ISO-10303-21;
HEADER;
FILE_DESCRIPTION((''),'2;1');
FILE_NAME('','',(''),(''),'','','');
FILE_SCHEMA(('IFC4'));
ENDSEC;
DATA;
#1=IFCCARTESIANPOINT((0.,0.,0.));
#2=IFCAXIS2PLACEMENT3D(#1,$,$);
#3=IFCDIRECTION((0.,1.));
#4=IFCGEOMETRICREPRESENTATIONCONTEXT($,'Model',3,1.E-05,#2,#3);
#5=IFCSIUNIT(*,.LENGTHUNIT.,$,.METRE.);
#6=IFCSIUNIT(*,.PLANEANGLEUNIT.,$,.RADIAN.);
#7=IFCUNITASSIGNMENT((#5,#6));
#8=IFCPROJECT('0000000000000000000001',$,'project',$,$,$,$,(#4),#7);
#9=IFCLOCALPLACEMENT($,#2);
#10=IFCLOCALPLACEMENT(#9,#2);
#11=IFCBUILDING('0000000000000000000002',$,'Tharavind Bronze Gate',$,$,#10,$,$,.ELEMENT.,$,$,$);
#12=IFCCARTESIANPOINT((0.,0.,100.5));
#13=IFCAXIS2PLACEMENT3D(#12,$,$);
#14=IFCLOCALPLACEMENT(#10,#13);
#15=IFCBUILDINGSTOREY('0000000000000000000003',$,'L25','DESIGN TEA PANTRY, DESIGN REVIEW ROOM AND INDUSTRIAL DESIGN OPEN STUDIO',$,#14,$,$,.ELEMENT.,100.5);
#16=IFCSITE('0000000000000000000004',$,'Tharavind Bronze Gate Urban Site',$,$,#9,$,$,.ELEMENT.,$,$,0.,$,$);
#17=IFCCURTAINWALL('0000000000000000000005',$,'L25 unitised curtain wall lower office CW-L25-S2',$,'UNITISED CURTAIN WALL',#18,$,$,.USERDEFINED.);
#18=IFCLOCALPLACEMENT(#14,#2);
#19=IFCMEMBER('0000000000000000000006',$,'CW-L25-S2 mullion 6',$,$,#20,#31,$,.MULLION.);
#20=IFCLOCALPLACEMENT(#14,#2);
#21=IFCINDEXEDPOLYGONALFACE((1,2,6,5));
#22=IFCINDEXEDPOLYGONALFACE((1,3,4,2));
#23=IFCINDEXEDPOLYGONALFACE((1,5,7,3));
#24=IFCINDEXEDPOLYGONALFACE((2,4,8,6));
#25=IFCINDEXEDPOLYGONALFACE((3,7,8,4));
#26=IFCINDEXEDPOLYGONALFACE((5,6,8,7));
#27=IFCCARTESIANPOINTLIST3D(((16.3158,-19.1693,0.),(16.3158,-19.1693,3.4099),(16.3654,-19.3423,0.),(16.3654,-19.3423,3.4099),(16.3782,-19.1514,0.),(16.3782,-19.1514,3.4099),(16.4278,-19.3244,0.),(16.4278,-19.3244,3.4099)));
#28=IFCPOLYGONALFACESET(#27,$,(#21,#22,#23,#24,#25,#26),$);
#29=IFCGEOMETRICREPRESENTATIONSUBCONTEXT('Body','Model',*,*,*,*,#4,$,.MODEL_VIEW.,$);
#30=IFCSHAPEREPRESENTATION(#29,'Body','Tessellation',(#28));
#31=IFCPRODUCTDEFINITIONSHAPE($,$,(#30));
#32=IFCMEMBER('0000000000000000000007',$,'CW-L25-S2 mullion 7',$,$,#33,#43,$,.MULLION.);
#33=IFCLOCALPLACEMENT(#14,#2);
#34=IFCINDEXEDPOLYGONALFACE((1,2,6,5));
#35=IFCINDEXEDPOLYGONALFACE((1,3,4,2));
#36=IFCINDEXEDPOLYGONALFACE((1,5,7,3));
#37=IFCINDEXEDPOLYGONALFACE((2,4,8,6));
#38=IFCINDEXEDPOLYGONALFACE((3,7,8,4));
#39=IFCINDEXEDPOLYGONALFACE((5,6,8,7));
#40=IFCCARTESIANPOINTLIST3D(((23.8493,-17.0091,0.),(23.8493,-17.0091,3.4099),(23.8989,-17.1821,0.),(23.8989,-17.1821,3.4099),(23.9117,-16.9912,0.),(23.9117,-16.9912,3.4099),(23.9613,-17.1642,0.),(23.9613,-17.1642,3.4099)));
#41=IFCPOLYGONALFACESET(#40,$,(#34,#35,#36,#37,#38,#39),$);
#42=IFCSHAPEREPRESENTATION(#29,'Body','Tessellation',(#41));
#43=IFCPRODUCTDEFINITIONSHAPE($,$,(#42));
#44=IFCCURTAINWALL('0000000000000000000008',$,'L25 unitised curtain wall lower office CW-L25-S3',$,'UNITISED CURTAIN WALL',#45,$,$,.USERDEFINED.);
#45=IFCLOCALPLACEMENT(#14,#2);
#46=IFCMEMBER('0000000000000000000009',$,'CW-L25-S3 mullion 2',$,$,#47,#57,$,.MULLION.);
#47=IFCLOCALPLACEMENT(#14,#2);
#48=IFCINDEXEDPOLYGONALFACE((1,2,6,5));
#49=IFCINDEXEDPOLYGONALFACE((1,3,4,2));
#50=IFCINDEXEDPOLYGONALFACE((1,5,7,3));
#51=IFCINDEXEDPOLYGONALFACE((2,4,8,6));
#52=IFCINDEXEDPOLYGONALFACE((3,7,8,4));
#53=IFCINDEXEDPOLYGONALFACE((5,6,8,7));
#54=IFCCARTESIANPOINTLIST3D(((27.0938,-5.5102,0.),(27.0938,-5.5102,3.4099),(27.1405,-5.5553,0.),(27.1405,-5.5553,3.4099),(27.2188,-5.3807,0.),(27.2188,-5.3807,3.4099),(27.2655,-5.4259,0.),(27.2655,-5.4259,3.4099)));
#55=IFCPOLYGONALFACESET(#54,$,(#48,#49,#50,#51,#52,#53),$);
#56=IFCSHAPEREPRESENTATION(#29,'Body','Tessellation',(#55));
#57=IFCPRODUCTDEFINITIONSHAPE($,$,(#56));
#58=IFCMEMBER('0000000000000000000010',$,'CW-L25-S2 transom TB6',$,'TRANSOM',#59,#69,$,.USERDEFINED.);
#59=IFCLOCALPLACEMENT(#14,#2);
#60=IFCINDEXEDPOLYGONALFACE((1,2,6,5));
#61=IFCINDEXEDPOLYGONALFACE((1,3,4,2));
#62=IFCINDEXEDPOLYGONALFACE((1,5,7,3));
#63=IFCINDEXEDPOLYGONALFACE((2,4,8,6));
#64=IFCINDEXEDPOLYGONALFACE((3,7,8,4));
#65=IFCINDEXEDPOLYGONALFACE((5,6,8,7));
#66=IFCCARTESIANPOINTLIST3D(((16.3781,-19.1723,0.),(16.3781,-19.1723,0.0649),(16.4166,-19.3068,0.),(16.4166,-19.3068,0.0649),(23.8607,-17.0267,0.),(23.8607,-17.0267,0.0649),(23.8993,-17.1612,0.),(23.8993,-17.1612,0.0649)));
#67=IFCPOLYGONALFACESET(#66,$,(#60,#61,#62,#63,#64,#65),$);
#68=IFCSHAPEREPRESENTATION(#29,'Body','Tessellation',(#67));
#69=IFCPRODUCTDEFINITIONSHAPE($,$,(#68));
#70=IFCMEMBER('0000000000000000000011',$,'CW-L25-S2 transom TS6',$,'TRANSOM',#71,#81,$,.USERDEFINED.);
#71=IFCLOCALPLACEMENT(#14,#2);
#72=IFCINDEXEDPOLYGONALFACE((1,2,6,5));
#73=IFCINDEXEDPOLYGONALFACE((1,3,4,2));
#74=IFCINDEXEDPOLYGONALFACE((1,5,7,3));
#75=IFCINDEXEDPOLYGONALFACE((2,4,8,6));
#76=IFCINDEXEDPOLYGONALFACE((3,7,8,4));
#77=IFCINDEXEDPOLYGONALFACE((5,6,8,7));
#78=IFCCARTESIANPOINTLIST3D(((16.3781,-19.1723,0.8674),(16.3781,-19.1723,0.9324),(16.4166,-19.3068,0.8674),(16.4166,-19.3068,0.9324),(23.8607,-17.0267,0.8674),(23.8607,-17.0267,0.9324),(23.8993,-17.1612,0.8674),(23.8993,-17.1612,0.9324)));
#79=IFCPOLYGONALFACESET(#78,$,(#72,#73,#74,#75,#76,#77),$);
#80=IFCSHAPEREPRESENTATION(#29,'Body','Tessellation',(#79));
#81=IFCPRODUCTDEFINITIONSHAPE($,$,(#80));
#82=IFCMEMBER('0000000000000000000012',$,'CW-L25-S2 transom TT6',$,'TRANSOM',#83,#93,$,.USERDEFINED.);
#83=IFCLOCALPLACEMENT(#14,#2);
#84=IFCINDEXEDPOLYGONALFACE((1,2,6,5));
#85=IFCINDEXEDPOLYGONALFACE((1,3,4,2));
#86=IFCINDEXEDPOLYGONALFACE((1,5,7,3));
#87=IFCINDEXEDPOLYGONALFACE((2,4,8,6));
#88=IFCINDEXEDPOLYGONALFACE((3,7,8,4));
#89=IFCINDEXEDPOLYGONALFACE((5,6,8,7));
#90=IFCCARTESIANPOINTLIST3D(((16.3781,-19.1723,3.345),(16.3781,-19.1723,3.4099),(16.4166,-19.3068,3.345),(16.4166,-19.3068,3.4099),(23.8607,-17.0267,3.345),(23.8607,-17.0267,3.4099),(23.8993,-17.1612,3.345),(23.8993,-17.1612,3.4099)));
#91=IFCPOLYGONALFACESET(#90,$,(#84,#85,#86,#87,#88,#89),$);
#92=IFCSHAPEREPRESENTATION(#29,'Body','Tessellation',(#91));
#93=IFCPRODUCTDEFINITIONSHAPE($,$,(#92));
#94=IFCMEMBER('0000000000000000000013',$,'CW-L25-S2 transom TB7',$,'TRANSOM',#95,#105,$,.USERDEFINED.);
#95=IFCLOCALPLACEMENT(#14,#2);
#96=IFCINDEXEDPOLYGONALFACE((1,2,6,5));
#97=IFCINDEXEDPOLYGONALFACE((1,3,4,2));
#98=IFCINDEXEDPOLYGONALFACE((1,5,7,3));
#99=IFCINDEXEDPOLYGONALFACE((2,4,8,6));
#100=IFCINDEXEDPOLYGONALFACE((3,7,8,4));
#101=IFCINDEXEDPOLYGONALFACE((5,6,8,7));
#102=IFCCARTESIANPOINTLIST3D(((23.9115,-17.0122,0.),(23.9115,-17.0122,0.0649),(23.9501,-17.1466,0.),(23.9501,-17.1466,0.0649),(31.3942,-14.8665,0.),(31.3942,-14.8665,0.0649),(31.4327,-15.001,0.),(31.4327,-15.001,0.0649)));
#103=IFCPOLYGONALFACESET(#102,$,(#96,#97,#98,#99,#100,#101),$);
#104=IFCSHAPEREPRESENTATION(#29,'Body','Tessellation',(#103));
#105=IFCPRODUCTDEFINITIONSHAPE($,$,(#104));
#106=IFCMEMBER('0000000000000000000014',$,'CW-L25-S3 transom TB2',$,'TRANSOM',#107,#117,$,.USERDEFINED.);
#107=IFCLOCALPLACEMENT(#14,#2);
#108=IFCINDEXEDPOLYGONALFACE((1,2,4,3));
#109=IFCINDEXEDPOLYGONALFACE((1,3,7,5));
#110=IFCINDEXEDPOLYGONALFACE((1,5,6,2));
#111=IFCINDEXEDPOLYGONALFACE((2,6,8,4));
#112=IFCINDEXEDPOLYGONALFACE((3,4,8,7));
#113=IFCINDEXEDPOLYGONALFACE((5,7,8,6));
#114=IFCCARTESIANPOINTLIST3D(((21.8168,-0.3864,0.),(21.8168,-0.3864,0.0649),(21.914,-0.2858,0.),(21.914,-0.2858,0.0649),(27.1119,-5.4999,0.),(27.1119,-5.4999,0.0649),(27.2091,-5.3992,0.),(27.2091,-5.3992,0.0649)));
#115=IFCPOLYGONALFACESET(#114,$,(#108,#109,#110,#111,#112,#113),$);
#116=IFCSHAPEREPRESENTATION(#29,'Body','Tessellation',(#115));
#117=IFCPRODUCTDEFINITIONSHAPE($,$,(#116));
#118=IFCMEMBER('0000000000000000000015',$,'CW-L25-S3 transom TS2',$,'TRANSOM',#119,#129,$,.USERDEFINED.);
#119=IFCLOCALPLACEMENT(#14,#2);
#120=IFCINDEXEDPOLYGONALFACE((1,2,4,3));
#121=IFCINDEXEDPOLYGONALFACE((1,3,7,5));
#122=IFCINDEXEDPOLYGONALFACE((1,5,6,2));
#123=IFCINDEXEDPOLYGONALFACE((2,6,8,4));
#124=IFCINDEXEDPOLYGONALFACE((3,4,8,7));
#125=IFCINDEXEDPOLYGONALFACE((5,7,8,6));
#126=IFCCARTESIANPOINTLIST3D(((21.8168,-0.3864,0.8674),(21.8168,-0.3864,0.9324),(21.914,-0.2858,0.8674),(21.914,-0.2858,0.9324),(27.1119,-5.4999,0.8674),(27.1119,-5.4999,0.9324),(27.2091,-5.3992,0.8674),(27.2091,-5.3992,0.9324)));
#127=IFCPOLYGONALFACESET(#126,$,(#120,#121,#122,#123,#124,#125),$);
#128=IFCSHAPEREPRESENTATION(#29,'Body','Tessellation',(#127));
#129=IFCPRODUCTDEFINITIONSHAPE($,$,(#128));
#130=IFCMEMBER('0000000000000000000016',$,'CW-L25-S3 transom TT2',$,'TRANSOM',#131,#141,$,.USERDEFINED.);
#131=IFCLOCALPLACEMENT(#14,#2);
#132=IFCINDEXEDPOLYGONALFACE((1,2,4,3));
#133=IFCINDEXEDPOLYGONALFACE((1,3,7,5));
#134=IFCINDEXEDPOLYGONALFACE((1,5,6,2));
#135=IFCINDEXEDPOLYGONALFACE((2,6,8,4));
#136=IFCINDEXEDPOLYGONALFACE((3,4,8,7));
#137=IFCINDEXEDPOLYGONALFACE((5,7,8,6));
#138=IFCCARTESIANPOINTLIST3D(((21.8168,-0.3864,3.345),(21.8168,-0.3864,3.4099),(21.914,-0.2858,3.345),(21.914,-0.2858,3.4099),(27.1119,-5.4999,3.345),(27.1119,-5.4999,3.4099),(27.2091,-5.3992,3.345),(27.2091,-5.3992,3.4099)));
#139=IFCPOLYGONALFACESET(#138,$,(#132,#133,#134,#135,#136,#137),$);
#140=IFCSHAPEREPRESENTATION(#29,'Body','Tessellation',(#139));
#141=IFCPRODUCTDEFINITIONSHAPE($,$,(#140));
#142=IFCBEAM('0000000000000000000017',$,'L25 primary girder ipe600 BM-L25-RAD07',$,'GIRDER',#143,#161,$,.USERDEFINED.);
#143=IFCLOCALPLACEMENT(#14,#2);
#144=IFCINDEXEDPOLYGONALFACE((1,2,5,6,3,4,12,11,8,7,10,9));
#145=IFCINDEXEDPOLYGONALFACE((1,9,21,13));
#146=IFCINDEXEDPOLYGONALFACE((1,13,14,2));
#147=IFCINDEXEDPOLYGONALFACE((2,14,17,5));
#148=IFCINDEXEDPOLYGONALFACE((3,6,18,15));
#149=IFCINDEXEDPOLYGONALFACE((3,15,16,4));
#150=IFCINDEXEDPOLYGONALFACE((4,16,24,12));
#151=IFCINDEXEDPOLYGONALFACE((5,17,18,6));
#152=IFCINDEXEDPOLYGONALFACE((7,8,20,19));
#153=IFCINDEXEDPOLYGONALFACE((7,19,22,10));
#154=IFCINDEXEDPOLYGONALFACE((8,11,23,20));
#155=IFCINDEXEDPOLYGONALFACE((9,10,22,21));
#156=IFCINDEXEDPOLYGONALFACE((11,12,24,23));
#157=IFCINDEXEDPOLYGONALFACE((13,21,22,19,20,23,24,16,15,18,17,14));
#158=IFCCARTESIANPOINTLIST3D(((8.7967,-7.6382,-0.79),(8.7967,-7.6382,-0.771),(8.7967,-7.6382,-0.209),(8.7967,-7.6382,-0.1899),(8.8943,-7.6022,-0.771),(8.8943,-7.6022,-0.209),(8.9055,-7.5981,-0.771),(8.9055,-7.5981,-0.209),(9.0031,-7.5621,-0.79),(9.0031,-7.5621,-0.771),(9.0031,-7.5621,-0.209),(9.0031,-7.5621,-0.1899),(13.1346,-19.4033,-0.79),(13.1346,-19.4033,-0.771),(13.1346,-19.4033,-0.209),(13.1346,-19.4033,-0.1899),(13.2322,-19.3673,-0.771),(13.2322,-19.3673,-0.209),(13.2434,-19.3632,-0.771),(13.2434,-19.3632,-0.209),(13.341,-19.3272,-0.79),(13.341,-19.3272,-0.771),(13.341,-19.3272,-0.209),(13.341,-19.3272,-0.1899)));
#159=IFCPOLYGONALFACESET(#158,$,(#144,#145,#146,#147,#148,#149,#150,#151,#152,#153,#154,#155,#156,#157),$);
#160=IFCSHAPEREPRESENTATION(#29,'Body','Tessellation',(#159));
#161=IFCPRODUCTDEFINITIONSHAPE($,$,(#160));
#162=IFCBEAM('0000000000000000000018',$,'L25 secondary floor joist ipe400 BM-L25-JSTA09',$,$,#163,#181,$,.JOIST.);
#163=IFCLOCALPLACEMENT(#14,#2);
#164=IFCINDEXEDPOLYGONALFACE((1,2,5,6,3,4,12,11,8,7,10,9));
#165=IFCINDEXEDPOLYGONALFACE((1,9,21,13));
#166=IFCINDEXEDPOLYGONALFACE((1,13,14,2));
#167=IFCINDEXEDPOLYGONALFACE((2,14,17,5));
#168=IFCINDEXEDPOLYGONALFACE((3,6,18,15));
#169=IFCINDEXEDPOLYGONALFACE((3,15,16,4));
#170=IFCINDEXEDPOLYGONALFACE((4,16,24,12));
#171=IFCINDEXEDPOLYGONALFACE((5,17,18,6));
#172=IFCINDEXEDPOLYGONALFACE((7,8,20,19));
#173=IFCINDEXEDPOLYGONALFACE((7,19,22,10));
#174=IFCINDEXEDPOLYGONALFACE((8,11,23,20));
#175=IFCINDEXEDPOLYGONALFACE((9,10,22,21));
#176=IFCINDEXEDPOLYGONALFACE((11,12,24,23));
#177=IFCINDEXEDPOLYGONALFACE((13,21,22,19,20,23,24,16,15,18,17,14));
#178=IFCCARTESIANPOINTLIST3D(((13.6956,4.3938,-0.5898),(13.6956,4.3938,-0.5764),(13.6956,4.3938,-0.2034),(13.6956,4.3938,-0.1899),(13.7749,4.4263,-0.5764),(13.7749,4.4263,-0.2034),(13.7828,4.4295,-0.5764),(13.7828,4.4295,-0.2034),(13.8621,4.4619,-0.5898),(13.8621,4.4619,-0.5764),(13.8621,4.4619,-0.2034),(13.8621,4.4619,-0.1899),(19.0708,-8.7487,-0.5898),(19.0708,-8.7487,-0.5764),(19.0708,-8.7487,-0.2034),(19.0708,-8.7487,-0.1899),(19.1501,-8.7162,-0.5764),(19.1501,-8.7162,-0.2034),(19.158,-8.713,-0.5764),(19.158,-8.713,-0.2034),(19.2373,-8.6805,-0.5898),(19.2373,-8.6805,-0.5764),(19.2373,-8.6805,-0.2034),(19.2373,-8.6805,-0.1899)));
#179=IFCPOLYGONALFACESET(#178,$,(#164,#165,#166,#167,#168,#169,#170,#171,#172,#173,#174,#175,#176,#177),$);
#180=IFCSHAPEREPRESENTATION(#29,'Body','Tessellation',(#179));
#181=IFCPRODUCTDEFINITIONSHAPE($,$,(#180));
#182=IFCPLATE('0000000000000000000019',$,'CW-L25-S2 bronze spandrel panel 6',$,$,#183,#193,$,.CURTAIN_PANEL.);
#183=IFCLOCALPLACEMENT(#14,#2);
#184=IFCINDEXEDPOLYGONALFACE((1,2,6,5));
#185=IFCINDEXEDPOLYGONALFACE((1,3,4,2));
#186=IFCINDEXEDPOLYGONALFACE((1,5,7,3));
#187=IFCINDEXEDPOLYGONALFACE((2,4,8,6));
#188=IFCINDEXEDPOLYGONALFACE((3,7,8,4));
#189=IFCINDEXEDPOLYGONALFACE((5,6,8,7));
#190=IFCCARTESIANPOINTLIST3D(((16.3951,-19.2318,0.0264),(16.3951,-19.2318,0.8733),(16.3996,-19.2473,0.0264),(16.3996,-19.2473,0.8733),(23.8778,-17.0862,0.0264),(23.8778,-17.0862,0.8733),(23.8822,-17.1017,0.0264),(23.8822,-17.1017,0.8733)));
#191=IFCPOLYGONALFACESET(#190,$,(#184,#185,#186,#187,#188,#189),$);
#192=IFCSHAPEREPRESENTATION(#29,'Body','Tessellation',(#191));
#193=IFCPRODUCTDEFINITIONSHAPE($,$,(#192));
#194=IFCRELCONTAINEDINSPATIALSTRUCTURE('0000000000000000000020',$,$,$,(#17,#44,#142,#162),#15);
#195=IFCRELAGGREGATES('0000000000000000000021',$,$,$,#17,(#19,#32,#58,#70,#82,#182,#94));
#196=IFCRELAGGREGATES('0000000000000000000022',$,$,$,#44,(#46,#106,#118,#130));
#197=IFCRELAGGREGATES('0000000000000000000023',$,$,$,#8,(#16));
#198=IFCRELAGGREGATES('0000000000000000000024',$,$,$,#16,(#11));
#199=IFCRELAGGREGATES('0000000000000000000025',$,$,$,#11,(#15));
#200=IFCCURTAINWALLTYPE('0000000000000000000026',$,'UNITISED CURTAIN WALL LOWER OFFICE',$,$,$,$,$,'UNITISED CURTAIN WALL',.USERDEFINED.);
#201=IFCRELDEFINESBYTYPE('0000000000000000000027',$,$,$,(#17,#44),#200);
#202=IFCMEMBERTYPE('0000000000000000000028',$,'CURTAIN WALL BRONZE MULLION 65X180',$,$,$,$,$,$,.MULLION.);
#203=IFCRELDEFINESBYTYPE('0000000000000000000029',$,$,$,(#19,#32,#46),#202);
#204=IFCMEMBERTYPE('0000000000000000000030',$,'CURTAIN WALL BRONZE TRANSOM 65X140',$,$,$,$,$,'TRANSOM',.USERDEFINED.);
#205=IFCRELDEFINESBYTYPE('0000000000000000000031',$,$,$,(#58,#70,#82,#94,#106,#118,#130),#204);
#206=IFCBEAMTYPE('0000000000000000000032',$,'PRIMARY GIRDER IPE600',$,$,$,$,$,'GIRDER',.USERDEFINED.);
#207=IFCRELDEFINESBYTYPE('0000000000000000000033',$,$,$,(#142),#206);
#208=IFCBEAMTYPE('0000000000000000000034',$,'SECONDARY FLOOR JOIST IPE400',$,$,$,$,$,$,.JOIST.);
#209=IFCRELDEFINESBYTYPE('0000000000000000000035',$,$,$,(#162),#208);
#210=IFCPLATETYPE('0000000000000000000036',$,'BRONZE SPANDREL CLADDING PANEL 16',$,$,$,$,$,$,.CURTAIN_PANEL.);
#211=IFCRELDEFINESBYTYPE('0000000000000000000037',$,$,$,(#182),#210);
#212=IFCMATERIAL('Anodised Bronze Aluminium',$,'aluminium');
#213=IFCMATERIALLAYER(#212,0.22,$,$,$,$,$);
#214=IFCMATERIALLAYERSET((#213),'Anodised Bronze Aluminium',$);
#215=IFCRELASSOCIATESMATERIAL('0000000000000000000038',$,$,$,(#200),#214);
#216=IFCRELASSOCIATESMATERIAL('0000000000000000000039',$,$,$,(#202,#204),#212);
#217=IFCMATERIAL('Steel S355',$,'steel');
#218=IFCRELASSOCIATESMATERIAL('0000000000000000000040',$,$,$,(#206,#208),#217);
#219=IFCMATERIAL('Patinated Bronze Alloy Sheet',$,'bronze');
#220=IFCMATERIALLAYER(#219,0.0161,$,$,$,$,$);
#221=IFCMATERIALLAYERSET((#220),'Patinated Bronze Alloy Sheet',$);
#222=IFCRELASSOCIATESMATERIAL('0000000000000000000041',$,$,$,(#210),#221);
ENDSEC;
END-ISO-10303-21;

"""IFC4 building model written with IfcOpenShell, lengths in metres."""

from ifc_helpers import new_model, si_unit, direction, frame, origin, origin_2d, place, context, subcontext, project, spatial, rectangle, i_section, extrude, material, layer, layer_set, material_profile, profile_set, type_object, element, aggregate, save


model = new_model("IFC4")

# Units and contexts
model_context = context("Model", 3, precision=1e-05, world=origin(), true_north=direction((0.0, 1.0)))
body_context = subcontext(model_context, "Body", "Model", "MODEL_VIEW")
ifc_project = project(units=[si_unit("LENGTHUNIT", "METRE"), si_unit("PLANEANGLEUNIT", "RADIAN")], contexts=[model_context])

# Site, building, storey
site_placement = place(None, origin())
site = spatial("IfcSite", under=ifc_project, at=site_placement, Name="Tharavind Bronze Gate Urban Site", CompositionType="ELEMENT", RefElevation=0.0)
building_placement = place(site_placement, origin())
building = spatial("IfcBuilding", under=site, at=building_placement, Name="Tharavind Bronze Gate", CompositionType="ELEMENT")
storey_placement = place(building_placement, frame((0.0, 0.0, 100.5)))
storey = spatial("IfcBuildingStorey", under=building, at=storey_placement, Name="L25", Description="DESIGN TEA PANTRY, DESIGN REVIEW ROOM AND INDUSTRIAL DESIGN OPEN STUDIO", CompositionType="ELEMENT", Elevation=100.5)

# Curtain wall, members
ifc_material_1 = material(Name="Anodised Bronze Aluminium", Category="aluminium")
ifc_layer_1 = layer(ifc_material_1, 0.22)
ifc_layer_set_1 = layer_set([ifc_layer_1], Name="Anodised Bronze Aluminium")
curtain_wall_type = type_object("IfcCurtainWallType", Name="UNITISED CURTAIN WALL LOWER OFFICE", ElementType="UNITISED CURTAIN WALL", PredefinedType="USERDEFINED", material=ifc_layer_set_1)
curtain_wall_1_placement = place(storey_placement, origin())
curtain_wall_1 = element("IfcCurtainWall", 1, at=curtain_wall_1_placement, inside=storey, type_object=curtain_wall_type, Name="L25 unitised curtain wall lower office CW-L25-S2", ObjectType="UNITISED CURTAIN WALL", PredefinedType="USERDEFINED")
member_type_1 = type_object("IfcMemberType", Name="CURTAIN WALL BRONZE MULLION 65X180", PredefinedType="MULLION", material=ifc_material_1)
member_1_placement = place(storey_placement, frame((16.3718, -19.2468, 0.0), z_axis=(0.0, 0.0, 1.0), x_axis=(0.961262, 0.275637, 0.0)))
member_1 = element("IfcMember", 2, at=member_1_placement, type_object=member_type_1, Name="CW-L25-S2 mullion 6", PredefinedType="MULLION", context=body_context, shape_type="SweptSolid", body=[
    extrude(rectangle(XDim=0.0649, YDim=0.1799, at=origin_2d()), origin(), (0.0, 0.0, 1.0), 3.4099),
])
member_2_placement = place(storey_placement, frame((23.9053, -17.0867, 0.0), z_axis=(0.0, 0.0, 1.0), x_axis=(0.961262, 0.275637, 0.0)))
member_2 = element("IfcMember", 3, at=member_2_placement, type_object=member_type_1, Name="CW-L25-S2 mullion 7", PredefinedType="MULLION", context=body_context, shape_type="SweptSolid", body=[
    extrude(rectangle(XDim=0.0649, YDim=0.1799, at=origin_2d()), origin(), (0.0, 0.0, 1.0), 3.4099),
])

# Curtain wall, member
curtain_wall_2_placement = place(storey_placement, origin())
curtain_wall_2 = element("IfcCurtainWall", 4, at=curtain_wall_2_placement, inside=storey, type_object=curtain_wall_type, Name="L25 unitised curtain wall lower office CW-L25-S3", ObjectType="UNITISED CURTAIN WALL", PredefinedType="USERDEFINED")
member_3_placement = place(storey_placement, frame((27.1797, -5.468, 0.0), z_axis=(0.0, 0.0, 1.0), x_axis=(-0.719341, 0.694657, 0.0)))
member_3 = element("IfcMember", 5, at=member_3_placement, type_object=member_type_1, Name="CW-L25-S3 mullion 2", PredefinedType="MULLION", context=body_context, shape_type="SweptSolid", body=[
    extrude(rectangle(XDim=0.0649, YDim=0.1799, at=origin_2d()), origin(), (0.0, 0.0, 1.0), 3.4099),
])

# Members
member_type_2 = type_object("IfcMemberType", Name="CURTAIN WALL BRONZE TRANSOM 65X140", ElementType="TRANSOM", PredefinedType="USERDEFINED", material=ifc_material_1)
member_4_placement = place(storey_placement, frame((20.1387, -18.1667, 0.0), z_axis=(0.0, 0.0, 1.0), x_axis=(0.961262, 0.275637, 0.0)))
member_4 = element("IfcMember", 6, at=member_4_placement, type_object=member_type_2, Name="CW-L25-S2 transom TB6", ObjectType="TRANSOM", PredefinedType="USERDEFINED", context=body_context, shape_type="SweptSolid", body=[
    extrude(rectangle(XDim=7.7842, YDim=0.1399, at=origin_2d()), origin(), (0.0, 0.0, 1.0), 0.0649),
])
member_5_placement = place(storey_placement, frame((20.1387, -18.1667, 0.8674), z_axis=(0.0, 0.0, 1.0), x_axis=(0.961262, 0.275637, 0.0)))
member_5 = element("IfcMember", 7, at=member_5_placement, type_object=member_type_2, Name="CW-L25-S2 transom TS6", ObjectType="TRANSOM", PredefinedType="USERDEFINED", context=body_context, shape_type="SweptSolid", body=[
    extrude(rectangle(XDim=7.7842, YDim=0.1399, at=origin_2d()), origin(), (0.0, 0.0, 1.0), 0.0649),
])
member_6_placement = place(storey_placement, frame((20.1387, -18.1667, 3.345), z_axis=(0.0, 0.0, 1.0), x_axis=(0.961262, 0.275637, 0.0)))
member_6 = element("IfcMember", 8, at=member_6_placement, type_object=member_type_2, Name="CW-L25-S2 transom TT6", ObjectType="TRANSOM", PredefinedType="USERDEFINED", context=body_context, shape_type="SweptSolid", body=[
    extrude(rectangle(XDim=7.7842, YDim=0.1399, at=origin_2d()), origin(), (0.0, 0.0, 1.0), 0.0649),
])
member_7_placement = place(storey_placement, frame((27.6721, -16.0066, 0.0), z_axis=(0.0, 0.0, 1.0), x_axis=(0.961262, 0.275637, 0.0)))
member_7 = element("IfcMember", 9, at=member_7_placement, type_object=member_type_2, Name="CW-L25-S2 transom TB7", ObjectType="TRANSOM", PredefinedType="USERDEFINED", context=body_context, shape_type="SweptSolid", body=[
    extrude(rectangle(XDim=7.7842, YDim=0.1399, at=origin_2d()), origin(), (0.0, 0.0, 1.0), 0.0649),
])
member_8_placement = place(storey_placement, frame((24.5129, -2.8928, 0.0), z_axis=(0.0, 0.0, 1.0), x_axis=(-0.719341, 0.694657, 0.0)))
member_8 = element("IfcMember", 10, at=member_8_placement, type_object=member_type_2, Name="CW-L25-S3 transom TB2", ObjectType="TRANSOM", PredefinedType="USERDEFINED", context=body_context, shape_type="SweptSolid", body=[
    extrude(rectangle(XDim=7.3611, YDim=0.1399, at=origin_2d()), origin(), (0.0, 0.0, 1.0), 0.0649),
])
member_9_placement = place(storey_placement, frame((24.5129, -2.8928, 0.8674), z_axis=(0.0, 0.0, 1.0), x_axis=(-0.719341, 0.694657, 0.0)))
member_9 = element("IfcMember", 11, at=member_9_placement, type_object=member_type_2, Name="CW-L25-S3 transom TS2", ObjectType="TRANSOM", PredefinedType="USERDEFINED", context=body_context, shape_type="SweptSolid", body=[
    extrude(rectangle(XDim=7.3611, YDim=0.1399, at=origin_2d()), origin(), (0.0, 0.0, 1.0), 0.0649),
])
member_10_placement = place(storey_placement, frame((24.5129, -2.8928, 3.345), z_axis=(0.0, 0.0, 1.0), x_axis=(-0.719341, 0.694657, 0.0)))
member_10 = element("IfcMember", 12, at=member_10_placement, type_object=member_type_2, Name="CW-L25-S3 transom TT2", ObjectType="TRANSOM", PredefinedType="USERDEFINED", context=body_context, shape_type="SweptSolid", body=[
    extrude(rectangle(XDim=7.3611, YDim=0.1399, at=origin_2d()), origin(), (0.0, 0.0, 1.0), 0.0649),
])

# Beams
ifc_material_2 = material(Name="Steel S355", Category="steel")
ifc_material_profile_1 = material_profile(ifc_material_2, i_section(OverallWidth=0.22, OverallDepth=0.6001, WebThickness=0.012, FlangeThickness=0.019, at=origin_2d()), Name="IPE600")
ifc_profile_set_1 = profile_set([ifc_material_profile_1], Name="Steel S355")
beam_type_1 = type_object("IfcBeamType", Name="PRIMARY GIRDER IPE600", ElementType="GIRDER", PredefinedType="USERDEFINED", material=ifc_profile_set_1)
beam_1_placement = place(storey_placement, frame((13.2378, -19.3652, -0.49), z_axis=(-0.345942, 0.938256, 0.0), x_axis=(-0.938256, -0.345942, 0.0)))
element("IfcBeam", 13, at=beam_1_placement, inside=storey, type_object=beam_type_1, Name="L25 primary girder ipe600 BM-L25-RAD07", ObjectType="GIRDER", PredefinedType="USERDEFINED", context=body_context, shape_type="SweptSolid", body=[
    extrude(i_section(OverallWidth=0.22, OverallDepth=0.6001, WebThickness=0.012, FlangeThickness=0.019, at=origin_2d()), origin(), (0.0, 0.0, 1.0), 12.5393),
])
ifc_material_profile_2 = material_profile(ifc_material_2, i_section(OverallWidth=0.1799, OverallDepth=0.3999, WebThickness=0.0085, FlangeThickness=0.0134, at=origin_2d()), Name="IPE400")
ifc_profile_set_2 = profile_set([ifc_material_profile_2], Name="Steel S355")
beam_type_2 = type_object("IfcBeamType", Name="SECONDARY FLOOR JOIST IPE400", PredefinedType="JOIST", material=ifc_profile_set_2)
beam_2_placement = place(storey_placement, frame((19.1541, -8.7146, -0.3899), z_axis=(-0.378557, 0.925578, 0.0), x_axis=(-0.925578, -0.378557, 0.0)))
element("IfcBeam", 14, at=beam_2_placement, inside=storey, type_object=beam_type_2, Name="L25 secondary floor joist ipe400 BM-L25-JSTA09", PredefinedType="JOIST", context=body_context, shape_type="SweptSolid", body=[
    extrude(i_section(OverallWidth=0.1799, OverallDepth=0.3999, WebThickness=0.0085, FlangeThickness=0.0134, at=origin_2d()), origin(), (0.0, 0.0, 1.0), 14.1992),
])

# Plate
ifc_material_3 = material(Name="Patinated Bronze Alloy Sheet", Category="bronze")
ifc_layer_2 = layer(ifc_material_3, 0.0161)
ifc_layer_set_2 = layer_set([ifc_layer_2], Name="Patinated Bronze Alloy Sheet")
plate_type_1 = type_object("IfcPlateType", Name="BRONZE SPANDREL CLADDING PANEL 16", PredefinedType="CURTAIN_PANEL", material=ifc_layer_set_2)
plate_1_placement = place(storey_placement, frame((20.1387, -18.1667, 0.0264), z_axis=(0.0, 0.0, 1.0), x_axis=(0.961262, 0.275637, 0.0)))
plate_1 = element("IfcPlate", 15, at=plate_1_placement, type_object=plate_type_1, Name="CW-L25-S2 bronze spandrel panel 6", PredefinedType="CURTAIN_PANEL", context=body_context, shape_type="SweptSolid", body=[
    extrude(rectangle(XDim=7.7842, YDim=0.0161, at=origin_2d()), origin(), (0.0, 0.0, 1.0), 0.8469),
])
aggregate(curtain_wall_1, [member_1, member_2, member_4, member_5, member_6, plate_1, member_7])
aggregate(curtain_wall_2, [member_3, member_8, member_9, member_10])

save(model, "model.ifc")
